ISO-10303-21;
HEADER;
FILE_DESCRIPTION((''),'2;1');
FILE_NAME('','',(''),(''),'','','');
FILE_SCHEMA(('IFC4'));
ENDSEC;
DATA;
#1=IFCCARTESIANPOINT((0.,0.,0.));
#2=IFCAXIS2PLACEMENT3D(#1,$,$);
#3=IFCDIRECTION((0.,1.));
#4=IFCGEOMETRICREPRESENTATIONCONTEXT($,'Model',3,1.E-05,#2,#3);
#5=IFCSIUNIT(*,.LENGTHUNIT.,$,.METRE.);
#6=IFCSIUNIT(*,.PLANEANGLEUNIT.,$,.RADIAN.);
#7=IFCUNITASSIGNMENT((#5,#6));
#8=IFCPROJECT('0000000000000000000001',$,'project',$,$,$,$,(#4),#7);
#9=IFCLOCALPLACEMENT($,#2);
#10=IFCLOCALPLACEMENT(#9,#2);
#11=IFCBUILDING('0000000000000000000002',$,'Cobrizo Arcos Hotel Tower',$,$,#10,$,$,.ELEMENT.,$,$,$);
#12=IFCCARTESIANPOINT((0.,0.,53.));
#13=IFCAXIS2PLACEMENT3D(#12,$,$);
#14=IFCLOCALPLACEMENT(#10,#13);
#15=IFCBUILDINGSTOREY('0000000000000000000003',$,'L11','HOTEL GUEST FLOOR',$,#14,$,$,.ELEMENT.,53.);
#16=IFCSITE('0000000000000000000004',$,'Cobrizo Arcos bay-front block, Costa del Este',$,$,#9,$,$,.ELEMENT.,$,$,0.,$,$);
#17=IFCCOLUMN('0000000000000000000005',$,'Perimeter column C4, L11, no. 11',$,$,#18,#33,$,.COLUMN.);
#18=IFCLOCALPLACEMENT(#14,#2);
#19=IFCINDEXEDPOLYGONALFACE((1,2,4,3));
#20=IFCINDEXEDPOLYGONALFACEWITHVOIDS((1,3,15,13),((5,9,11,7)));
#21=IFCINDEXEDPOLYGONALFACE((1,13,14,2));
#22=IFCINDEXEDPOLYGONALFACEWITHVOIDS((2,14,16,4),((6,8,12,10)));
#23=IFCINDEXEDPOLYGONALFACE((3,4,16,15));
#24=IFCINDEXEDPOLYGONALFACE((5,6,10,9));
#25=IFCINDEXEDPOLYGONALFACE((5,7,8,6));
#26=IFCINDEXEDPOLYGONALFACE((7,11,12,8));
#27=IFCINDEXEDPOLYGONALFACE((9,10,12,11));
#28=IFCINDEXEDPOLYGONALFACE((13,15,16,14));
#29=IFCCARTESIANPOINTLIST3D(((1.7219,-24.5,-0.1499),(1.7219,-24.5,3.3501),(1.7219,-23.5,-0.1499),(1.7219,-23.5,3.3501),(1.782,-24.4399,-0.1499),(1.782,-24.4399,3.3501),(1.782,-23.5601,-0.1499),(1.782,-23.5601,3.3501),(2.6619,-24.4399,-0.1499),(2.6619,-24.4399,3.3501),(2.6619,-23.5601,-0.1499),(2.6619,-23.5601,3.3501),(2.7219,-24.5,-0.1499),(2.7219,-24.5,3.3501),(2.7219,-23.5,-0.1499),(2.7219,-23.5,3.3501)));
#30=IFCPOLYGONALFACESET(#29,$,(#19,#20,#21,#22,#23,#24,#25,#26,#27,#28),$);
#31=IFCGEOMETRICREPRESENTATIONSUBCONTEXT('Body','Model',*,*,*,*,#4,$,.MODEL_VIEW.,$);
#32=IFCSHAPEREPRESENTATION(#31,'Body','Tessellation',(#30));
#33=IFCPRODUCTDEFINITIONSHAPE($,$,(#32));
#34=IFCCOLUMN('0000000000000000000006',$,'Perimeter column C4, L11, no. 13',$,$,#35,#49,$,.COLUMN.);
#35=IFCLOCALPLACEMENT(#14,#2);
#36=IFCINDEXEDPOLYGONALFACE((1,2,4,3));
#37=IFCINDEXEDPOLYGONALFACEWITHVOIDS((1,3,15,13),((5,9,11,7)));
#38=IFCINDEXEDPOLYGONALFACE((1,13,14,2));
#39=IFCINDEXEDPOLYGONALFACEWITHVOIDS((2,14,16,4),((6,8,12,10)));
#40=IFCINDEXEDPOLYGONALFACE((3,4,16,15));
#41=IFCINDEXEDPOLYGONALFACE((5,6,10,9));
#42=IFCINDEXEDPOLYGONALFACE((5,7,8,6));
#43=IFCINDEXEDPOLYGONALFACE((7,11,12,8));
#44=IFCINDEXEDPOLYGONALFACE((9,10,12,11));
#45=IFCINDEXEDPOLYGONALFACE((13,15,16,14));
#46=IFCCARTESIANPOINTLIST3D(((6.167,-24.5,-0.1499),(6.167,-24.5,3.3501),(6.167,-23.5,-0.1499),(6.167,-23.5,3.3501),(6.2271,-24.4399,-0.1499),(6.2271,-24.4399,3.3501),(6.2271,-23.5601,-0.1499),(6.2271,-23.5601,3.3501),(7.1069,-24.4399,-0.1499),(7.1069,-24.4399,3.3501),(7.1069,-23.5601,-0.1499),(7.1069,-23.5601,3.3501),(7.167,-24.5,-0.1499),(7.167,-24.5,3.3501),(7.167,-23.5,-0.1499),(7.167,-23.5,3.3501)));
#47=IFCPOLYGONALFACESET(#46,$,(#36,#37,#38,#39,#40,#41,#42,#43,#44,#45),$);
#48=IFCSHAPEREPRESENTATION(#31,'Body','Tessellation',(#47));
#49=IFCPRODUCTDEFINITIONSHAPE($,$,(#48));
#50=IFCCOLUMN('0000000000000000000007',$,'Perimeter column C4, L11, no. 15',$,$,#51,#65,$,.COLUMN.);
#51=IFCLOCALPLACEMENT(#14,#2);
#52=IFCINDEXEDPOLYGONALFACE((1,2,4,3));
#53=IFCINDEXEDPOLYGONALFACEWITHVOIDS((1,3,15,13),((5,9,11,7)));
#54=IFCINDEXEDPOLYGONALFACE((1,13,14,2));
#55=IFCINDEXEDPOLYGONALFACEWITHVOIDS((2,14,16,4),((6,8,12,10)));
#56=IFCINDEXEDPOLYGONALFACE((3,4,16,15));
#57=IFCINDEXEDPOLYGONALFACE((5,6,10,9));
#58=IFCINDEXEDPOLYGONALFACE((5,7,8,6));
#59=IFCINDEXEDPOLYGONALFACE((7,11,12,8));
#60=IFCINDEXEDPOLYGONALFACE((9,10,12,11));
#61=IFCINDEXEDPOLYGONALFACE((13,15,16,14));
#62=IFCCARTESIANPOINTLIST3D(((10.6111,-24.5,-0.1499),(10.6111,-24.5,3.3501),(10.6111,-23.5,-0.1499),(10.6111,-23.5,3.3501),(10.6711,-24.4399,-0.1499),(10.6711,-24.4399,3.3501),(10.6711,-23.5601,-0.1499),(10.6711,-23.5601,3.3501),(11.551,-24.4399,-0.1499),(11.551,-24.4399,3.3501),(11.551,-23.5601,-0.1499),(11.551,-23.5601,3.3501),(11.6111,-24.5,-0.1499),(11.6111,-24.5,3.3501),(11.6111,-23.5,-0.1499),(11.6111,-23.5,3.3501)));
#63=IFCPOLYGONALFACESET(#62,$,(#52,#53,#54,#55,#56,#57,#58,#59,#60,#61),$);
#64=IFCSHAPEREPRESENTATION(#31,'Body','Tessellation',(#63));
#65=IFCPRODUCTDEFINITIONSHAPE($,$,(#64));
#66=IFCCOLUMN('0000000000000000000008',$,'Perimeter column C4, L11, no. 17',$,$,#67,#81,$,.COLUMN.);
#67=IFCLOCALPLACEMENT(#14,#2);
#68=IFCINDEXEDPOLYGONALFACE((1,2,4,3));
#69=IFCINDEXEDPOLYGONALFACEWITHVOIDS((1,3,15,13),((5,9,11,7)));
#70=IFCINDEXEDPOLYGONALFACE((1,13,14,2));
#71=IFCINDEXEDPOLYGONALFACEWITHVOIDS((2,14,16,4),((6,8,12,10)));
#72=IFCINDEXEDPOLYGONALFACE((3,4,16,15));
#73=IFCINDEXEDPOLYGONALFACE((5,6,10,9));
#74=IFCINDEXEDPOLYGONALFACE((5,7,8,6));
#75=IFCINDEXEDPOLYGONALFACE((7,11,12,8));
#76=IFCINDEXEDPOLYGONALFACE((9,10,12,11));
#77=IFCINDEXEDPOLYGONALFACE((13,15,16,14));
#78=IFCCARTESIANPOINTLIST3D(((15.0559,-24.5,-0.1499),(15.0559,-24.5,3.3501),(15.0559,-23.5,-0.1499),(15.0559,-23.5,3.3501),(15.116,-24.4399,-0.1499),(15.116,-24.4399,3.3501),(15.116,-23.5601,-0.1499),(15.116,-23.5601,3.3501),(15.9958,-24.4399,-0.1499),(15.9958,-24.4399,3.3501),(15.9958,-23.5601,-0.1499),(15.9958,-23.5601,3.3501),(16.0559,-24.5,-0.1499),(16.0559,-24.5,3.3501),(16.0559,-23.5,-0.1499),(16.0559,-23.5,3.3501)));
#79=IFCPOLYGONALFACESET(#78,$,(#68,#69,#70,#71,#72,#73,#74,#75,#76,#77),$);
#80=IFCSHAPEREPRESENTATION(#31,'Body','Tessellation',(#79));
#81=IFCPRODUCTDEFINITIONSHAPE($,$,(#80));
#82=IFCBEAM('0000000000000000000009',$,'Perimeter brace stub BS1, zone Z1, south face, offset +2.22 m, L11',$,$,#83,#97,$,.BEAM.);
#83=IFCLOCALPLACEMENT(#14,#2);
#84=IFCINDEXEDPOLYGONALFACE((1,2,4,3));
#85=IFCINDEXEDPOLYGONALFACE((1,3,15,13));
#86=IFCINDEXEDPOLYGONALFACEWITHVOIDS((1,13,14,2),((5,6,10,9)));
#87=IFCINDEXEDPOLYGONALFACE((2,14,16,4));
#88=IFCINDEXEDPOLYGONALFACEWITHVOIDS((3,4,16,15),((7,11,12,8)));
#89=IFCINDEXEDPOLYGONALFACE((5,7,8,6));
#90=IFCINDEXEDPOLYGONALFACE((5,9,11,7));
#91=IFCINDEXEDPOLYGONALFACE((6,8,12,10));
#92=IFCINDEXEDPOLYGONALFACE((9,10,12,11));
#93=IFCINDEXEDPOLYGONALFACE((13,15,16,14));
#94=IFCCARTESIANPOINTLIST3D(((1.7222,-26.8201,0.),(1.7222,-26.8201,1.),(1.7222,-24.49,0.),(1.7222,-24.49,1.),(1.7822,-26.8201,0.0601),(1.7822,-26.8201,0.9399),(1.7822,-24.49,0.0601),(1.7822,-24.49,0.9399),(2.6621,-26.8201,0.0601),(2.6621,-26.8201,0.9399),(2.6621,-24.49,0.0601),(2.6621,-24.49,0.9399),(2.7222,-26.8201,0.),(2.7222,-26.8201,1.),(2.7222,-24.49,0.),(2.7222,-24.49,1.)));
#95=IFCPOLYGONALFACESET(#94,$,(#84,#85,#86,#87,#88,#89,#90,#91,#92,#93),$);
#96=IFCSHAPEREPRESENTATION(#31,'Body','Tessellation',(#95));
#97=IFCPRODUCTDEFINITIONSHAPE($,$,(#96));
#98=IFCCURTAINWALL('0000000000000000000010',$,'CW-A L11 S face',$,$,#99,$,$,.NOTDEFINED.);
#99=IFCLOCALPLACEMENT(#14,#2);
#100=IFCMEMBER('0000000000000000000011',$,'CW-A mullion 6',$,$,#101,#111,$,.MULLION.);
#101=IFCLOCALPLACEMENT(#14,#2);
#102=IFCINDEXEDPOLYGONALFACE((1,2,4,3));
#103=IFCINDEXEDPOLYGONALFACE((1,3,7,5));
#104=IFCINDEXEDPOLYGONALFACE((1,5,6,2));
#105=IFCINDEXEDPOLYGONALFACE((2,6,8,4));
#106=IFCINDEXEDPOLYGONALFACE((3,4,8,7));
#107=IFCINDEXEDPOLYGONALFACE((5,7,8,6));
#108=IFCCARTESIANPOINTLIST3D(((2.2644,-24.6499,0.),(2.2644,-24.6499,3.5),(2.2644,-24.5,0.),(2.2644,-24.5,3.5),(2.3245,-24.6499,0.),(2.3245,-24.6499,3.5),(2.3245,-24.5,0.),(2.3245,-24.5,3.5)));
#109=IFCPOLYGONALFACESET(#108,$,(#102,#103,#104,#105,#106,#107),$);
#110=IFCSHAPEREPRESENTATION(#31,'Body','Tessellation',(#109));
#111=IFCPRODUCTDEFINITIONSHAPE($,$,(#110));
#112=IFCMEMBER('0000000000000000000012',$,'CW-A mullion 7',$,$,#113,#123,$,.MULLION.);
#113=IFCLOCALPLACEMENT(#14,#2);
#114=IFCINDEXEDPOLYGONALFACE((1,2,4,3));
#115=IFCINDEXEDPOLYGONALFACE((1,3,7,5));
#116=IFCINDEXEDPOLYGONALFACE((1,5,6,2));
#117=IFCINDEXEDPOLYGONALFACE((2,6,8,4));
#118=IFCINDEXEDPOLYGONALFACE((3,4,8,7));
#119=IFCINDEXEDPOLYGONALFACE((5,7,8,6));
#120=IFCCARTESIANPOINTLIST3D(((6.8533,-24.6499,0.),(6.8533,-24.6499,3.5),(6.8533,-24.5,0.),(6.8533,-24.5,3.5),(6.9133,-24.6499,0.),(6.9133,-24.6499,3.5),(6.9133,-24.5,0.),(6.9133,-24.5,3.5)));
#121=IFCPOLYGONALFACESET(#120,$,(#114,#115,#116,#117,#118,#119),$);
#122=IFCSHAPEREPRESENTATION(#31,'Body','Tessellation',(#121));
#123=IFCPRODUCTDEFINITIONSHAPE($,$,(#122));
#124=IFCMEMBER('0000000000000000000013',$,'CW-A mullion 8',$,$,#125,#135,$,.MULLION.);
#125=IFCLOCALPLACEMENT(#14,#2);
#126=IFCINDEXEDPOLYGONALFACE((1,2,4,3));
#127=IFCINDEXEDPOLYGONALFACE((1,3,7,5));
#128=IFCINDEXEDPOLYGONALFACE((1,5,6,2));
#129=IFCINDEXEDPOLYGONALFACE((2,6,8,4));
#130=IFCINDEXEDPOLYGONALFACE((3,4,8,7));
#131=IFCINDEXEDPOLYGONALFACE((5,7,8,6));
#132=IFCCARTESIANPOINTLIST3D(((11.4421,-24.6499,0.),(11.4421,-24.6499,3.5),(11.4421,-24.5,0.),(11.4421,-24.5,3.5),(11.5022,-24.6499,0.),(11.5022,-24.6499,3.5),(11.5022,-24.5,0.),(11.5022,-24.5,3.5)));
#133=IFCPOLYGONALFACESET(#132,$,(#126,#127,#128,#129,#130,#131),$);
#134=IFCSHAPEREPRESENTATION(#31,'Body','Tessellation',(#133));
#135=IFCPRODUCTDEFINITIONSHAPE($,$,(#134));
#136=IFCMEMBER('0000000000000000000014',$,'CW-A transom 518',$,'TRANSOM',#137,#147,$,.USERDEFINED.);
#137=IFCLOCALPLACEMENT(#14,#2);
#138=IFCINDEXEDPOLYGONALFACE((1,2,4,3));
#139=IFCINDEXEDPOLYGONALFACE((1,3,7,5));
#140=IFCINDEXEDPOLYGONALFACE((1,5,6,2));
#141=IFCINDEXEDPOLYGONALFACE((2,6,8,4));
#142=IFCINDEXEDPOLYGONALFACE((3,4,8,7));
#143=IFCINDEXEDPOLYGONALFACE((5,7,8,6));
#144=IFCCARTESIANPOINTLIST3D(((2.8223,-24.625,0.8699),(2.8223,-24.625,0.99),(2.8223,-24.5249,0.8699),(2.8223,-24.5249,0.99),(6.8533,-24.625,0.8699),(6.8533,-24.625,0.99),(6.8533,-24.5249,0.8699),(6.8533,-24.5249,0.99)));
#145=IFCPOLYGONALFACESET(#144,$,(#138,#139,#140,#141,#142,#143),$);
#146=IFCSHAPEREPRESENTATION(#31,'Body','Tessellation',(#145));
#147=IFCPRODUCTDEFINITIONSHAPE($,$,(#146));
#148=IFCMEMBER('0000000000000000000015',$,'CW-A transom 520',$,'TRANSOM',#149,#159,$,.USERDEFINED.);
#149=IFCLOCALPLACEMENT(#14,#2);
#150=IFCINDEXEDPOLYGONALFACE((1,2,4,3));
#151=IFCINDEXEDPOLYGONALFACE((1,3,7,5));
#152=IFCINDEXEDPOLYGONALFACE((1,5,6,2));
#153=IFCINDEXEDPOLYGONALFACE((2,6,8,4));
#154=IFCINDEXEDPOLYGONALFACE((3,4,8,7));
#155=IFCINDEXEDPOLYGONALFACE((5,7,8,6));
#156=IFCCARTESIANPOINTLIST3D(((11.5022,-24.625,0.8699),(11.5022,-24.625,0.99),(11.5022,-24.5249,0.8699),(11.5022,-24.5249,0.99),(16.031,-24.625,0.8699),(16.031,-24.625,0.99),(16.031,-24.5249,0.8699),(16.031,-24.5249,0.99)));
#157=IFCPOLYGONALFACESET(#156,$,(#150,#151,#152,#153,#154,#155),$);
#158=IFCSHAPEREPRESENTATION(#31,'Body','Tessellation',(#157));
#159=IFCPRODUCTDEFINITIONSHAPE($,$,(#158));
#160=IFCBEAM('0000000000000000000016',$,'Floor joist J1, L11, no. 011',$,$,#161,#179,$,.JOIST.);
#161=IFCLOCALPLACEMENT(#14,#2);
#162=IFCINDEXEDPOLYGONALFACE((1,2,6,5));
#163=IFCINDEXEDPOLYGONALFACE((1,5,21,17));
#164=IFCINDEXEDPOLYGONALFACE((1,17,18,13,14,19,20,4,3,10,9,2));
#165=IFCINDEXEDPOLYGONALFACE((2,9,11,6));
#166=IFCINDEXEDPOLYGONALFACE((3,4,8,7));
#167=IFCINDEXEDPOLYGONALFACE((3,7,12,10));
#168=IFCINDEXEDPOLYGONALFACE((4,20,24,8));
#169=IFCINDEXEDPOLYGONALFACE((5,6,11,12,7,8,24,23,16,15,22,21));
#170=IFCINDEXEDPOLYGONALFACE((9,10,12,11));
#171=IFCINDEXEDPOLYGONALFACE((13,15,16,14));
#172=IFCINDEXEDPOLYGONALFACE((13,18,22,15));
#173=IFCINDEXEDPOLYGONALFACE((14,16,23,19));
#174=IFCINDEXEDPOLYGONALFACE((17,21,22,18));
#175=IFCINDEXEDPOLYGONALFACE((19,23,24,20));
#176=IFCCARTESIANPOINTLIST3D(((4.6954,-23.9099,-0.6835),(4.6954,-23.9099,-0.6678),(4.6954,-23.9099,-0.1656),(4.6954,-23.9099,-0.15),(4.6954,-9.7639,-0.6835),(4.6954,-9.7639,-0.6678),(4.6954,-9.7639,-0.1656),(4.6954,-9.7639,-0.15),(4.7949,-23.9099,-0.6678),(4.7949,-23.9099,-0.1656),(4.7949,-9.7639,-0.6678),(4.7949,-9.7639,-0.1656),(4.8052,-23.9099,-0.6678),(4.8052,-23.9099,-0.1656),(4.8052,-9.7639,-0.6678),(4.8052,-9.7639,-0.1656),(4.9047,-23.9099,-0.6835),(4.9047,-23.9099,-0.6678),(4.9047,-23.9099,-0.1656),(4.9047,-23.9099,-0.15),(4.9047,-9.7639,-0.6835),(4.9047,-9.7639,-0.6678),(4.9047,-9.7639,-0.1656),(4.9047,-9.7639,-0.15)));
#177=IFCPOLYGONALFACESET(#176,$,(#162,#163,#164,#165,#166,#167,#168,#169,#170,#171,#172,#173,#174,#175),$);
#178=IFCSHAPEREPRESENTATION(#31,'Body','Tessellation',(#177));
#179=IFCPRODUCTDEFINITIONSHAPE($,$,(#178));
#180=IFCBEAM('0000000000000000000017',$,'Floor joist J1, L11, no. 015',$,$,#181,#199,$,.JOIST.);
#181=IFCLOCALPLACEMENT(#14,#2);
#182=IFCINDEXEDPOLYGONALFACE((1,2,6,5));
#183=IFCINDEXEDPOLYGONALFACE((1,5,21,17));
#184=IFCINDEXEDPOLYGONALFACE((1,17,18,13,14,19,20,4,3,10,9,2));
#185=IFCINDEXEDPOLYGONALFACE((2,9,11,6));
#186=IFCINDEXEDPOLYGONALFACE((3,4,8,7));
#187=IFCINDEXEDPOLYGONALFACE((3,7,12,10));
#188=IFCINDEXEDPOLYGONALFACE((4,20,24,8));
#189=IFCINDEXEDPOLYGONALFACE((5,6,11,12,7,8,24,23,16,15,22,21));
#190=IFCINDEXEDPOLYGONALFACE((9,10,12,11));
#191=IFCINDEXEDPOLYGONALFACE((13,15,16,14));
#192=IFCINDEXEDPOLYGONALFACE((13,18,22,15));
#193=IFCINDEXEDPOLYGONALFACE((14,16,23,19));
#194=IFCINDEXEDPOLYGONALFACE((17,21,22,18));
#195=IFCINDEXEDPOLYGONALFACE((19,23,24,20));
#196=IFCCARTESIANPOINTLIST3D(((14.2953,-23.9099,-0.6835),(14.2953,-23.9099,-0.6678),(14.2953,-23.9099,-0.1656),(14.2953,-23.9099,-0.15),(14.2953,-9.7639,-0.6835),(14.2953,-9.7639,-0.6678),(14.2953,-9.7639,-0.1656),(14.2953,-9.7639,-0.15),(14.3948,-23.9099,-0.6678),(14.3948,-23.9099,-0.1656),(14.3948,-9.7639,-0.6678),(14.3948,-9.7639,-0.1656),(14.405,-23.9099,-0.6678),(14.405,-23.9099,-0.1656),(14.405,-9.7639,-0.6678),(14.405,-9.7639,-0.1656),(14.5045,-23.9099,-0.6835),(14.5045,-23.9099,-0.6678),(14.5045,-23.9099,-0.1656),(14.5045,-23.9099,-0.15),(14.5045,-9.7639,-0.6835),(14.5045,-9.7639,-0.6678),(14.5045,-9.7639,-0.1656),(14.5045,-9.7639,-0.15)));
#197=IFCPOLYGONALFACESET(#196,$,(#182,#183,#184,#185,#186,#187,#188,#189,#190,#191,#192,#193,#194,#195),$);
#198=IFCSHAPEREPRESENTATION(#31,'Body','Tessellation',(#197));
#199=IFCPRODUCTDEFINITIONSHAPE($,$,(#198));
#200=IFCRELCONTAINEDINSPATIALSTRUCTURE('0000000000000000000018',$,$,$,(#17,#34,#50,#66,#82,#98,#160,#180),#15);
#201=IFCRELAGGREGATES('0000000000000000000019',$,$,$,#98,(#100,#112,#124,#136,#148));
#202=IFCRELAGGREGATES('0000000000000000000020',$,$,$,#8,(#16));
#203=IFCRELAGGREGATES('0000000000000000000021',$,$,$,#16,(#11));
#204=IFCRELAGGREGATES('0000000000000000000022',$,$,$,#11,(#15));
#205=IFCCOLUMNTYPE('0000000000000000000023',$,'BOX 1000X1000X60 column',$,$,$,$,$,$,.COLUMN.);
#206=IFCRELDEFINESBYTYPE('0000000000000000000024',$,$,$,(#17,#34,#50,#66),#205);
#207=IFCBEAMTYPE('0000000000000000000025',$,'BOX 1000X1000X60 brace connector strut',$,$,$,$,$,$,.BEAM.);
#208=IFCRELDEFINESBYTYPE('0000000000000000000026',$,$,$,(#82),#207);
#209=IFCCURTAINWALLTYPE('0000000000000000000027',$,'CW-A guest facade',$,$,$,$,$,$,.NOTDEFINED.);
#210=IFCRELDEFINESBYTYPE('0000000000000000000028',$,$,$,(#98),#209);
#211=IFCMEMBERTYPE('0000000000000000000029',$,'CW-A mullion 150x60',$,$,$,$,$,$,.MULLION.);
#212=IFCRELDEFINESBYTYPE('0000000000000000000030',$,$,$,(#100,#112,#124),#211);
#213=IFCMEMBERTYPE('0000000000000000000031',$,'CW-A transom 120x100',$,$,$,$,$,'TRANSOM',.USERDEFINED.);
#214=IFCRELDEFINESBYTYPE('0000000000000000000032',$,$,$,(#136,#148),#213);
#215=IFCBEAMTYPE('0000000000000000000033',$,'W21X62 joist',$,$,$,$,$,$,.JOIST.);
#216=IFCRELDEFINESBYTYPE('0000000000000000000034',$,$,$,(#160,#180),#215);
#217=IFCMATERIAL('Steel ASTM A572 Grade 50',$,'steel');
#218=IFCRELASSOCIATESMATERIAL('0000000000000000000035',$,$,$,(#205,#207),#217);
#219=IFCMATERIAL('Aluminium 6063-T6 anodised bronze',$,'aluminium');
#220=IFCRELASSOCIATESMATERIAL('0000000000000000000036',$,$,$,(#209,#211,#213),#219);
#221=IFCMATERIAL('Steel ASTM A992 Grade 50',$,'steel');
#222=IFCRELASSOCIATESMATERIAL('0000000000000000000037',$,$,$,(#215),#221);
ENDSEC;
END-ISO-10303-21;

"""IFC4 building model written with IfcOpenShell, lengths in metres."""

from ifc_helpers import new_model, si_unit, direction, frame, origin, origin_2d, place, context, subcontext, project, spatial, rectangle, hollow_rectangle, i_section, extrude, material, material_profile, profile_set, type_object, element, aggregate, save


model = new_model("IFC4")

# Units and contexts
model_context = context("Model", 3, precision=1e-05, world=origin(), true_north=direction((0.0, 1.0)))
body_context = subcontext(model_context, "Body", "Model", "MODEL_VIEW")
ifc_project = project(units=[si_unit("LENGTHUNIT", "METRE"), si_unit("PLANEANGLEUNIT", "RADIAN")], contexts=[model_context])

# Site, building, storey
site_placement = place(None, origin())
site = spatial("IfcSite", under=ifc_project, at=site_placement, Name="Cobrizo Arcos bay-front block, Costa del Este", CompositionType="ELEMENT", RefElevation=0.0)
building_placement = place(site_placement, origin())
building = spatial("IfcBuilding", under=site, at=building_placement, Name="Cobrizo Arcos Hotel Tower", CompositionType="ELEMENT")
storey_placement = place(building_placement, frame((0.0, 0.0, 53.0)))
storey = spatial("IfcBuildingStorey", under=building, at=storey_placement, Name="L11", Description="HOTEL GUEST FLOOR", CompositionType="ELEMENT", Elevation=53.0)

# Columns
ifc_material_1 = material(Name="Steel ASTM A572 Grade 50", Category="steel")
ifc_material_profile_1 = material_profile(ifc_material_1, hollow_rectangle(XDim=1.0, YDim=1.0, WallThickness=0.0601, at=origin_2d()), Name="BOX 1000X1000X60")
ifc_profile_set_1 = profile_set([ifc_material_profile_1], Name="Steel ASTM A572 Grade 50")
column_type = type_object("IfcColumnType", Name="BOX 1000X1000X60 column", PredefinedType="COLUMN", material=ifc_profile_set_1)
for number, where, z_axis, x_axis, name in (
    (1, (2.2219, -24.0, -0.1499), (0.0, 0.0, 1.0), (1.0, 0.0, 0.0), "Perimeter column C4, L11, no. 11"),
    (2, (6.667, -24.0, -0.1499), (0.0, 0.0, 1.0), (1.0, 0.0, 0.0), "Perimeter column C4, L11, no. 13"),
    (3, (11.1111, -24.0, -0.1499), (0.0, 0.0, 1.0), (1.0, 0.0, 0.0), "Perimeter column C4, L11, no. 15"),
    (4, (15.5559, -24.0, -0.1499), (0.0, 0.0, 1.0), (1.0, 0.0, 0.0), "Perimeter column C4, L11, no. 17"),
):
    element("IfcColumn", number, at=place(storey_placement, frame(where, z_axis=z_axis, x_axis=x_axis)), inside=storey, type_object=column_type, Name=name, PredefinedType="COLUMN", context=body_context, shape_type="SweptSolid", body=[
        extrude(hollow_rectangle(XDim=1.0, YDim=1.0, WallThickness=0.0601, at=origin_2d()), origin(), (0.0, 0.0, 1.0), 3.5),
    ])

# Beam
ifc_material_profile_2 = material_profile(ifc_material_1, hollow_rectangle(XDim=1.0, YDim=1.0, WallThickness=0.0601, at=origin_2d()), Name="BOX 1000X1000X60")
ifc_profile_set_2 = profile_set([ifc_material_profile_2], Name="Steel ASTM A572 Grade 50")
beam_type_1 = type_object("IfcBeamType", Name="BOX 1000X1000X60 brace connector strut", PredefinedType="BEAM", material=ifc_profile_set_2)
beam_1_placement = place(storey_placement, frame((2.2222, -24.49, 0.5), z_axis=(0.0, -1.0, 0.0), x_axis=(1.0, 0.0, 0.0)))
element("IfcBeam", 5, at=beam_1_placement, inside=storey, type_object=beam_type_1, Name="Perimeter brace stub BS1, zone Z1, south face, offset +2.22 m, L11", PredefinedType="BEAM", context=body_context, shape_type="SweptSolid", body=[
    extrude(hollow_rectangle(XDim=1.0, YDim=1.0, WallThickness=0.0601, at=origin_2d()), origin(), (0.0, 0.0, 1.0), 2.3301),
])

# Curtain wall, members
ifc_material_2 = material(Name="Aluminium 6063-T6 anodised bronze", Category="aluminium")
curtain_wall_type = type_object("IfcCurtainWallType", Name="CW-A guest facade", PredefinedType="NOTDEFINED", material=ifc_material_2)
curtain_wall_placement = place(storey_placement, origin())
curtain_wall = element("IfcCurtainWall", 6, at=curtain_wall_placement, inside=storey, type_object=curtain_wall_type, Name="CW-A L11 S face", PredefinedType="NOTDEFINED")
ifc_material_profile_3 = material_profile(ifc_material_2, rectangle(XDim=0.1499, YDim=0.0601, at=origin_2d()), Name="CW-A mullion 150x60")
ifc_profile_set_3 = profile_set([ifc_material_profile_3], Name="Aluminium 6063-T6 anodised bronze")
member_type_1 = type_object("IfcMemberType", Name="CW-A mullion 150x60", PredefinedType="MULLION", material=ifc_profile_set_3)
member_1_placement = place(storey_placement, frame((2.2944, -24.575, 0.0), z_axis=(0.0, 0.0, 1.0), x_axis=(0.0, -1.0, 0.0)))
member_1 = element("IfcMember", 7, at=member_1_placement, type_object=member_type_1, Name="CW-A mullion 6", PredefinedType="MULLION", context=body_context, shape_type="SweptSolid", body=[
    extrude(rectangle(XDim=0.1499, YDim=0.0601, at=origin_2d()), origin(), (0.0, 0.0, 1.0), 3.5),
])
member_2_placement = place(storey_placement, frame((6.8833, -24.575, 0.0), z_axis=(0.0, 0.0, 1.0), x_axis=(0.0, -1.0, 0.0)))
member_2 = element("IfcMember", 8, at=member_2_placement, type_object=member_type_1, Name="CW-A mullion 7", PredefinedType="MULLION", context=body_context, shape_type="SweptSolid", body=[
    extrude(rectangle(XDim=0.1499, YDim=0.0601, at=origin_2d()), origin(), (0.0, 0.0, 1.0), 3.5),
])
member_3_placement = place(storey_placement, frame((11.4722, -24.575, 0.0), z_axis=(0.0, 0.0, 1.0), x_axis=(0.0, -1.0, 0.0)))
member_3 = element("IfcMember", 9, at=member_3_placement, type_object=member_type_1, Name="CW-A mullion 8", PredefinedType="MULLION", context=body_context, shape_type="SweptSolid", body=[
    extrude(rectangle(XDim=0.1499, YDim=0.0601, at=origin_2d()), origin(), (0.0, 0.0, 1.0), 3.5),
])
ifc_material_profile_4 = material_profile(ifc_material_2, rectangle(XDim=0.1001, YDim=0.1201, at=origin_2d()), Name="CW-A transom 120x100")
ifc_profile_set_4 = profile_set([ifc_material_profile_4], Name="Aluminium 6063-T6 anodised bronze")
member_type_2 = type_object("IfcMemberType", Name="CW-A transom 120x100", ElementType="TRANSOM", PredefinedType="USERDEFINED", material=ifc_profile_set_4)
member_4_placement = place(storey_placement, frame((2.8223, -24.575, 0.9299), z_axis=(1.0, 0.0, 0.0), x_axis=(0.0, 1.0, 0.0)))
member_4 = element("IfcMember", 10, at=member_4_placement, type_object=member_type_2, Name="CW-A transom 518", ObjectType="TRANSOM", PredefinedType="USERDEFINED", context=body_context, shape_type="SweptSolid", body=[
    extrude(rectangle(XDim=0.1001, YDim=0.1201, at=origin_2d()), origin(), (0.0, 0.0, 1.0), 4.031),
])
member_5_placement = place(storey_placement, frame((11.5022, -24.575, 0.9299), z_axis=(1.0, 0.0, 0.0), x_axis=(0.0, 1.0, 0.0)))
member_5 = element("IfcMember", 11, at=member_5_placement, type_object=member_type_2, Name="CW-A transom 520", ObjectType="TRANSOM", PredefinedType="USERDEFINED", context=body_context, shape_type="SweptSolid", body=[
    extrude(rectangle(XDim=0.1001, YDim=0.1201, at=origin_2d()), origin(), (0.0, 0.0, 1.0), 4.5288),
])

# Beams
ifc_material_3 = material(Name="Steel ASTM A992 Grade 50", Category="steel")
ifc_material_profile_5 = material_profile(ifc_material_3, i_section(OverallWidth=0.2092, OverallDepth=0.5334, WebThickness=0.0103, FlangeThickness=0.0156, at=origin_2d()), Name="W21X62")
ifc_profile_set_5 = profile_set([ifc_material_profile_5], Name="Steel ASTM A992 Grade 50")
beam_type_2 = type_object("IfcBeamType", Name="W21X62 joist", PredefinedType="JOIST", material=ifc_profile_set_5)
for number, where, z_axis, x_axis, name in (
    (12, (4.8, -23.9099, -0.4167), (0.0, 1.0, 0.0), (-1.0, 0.0, 0.0), "Floor joist J1, L11, no. 011"),
    (13, (14.3999, -23.9099, -0.4167), (0.0, 1.0, 0.0), (-1.0, 0.0, 0.0), "Floor joist J1, L11, no. 015"),
):
    element("IfcBeam", number, at=place(storey_placement, frame(where, z_axis=z_axis, x_axis=x_axis)), inside=storey, type_object=beam_type_2, Name=name, PredefinedType="JOIST", context=body_context, shape_type="SweptSolid", body=[
        extrude(i_section(OverallWidth=0.2092, OverallDepth=0.5334, WebThickness=0.0103, FlangeThickness=0.0156, at=origin_2d()), origin(), (0.0, 0.0, 1.0), 14.146),
    ])

aggregate(curtain_wall, [member_1, member_2, member_3, member_4, member_5])

save(model, "model.ifc")
